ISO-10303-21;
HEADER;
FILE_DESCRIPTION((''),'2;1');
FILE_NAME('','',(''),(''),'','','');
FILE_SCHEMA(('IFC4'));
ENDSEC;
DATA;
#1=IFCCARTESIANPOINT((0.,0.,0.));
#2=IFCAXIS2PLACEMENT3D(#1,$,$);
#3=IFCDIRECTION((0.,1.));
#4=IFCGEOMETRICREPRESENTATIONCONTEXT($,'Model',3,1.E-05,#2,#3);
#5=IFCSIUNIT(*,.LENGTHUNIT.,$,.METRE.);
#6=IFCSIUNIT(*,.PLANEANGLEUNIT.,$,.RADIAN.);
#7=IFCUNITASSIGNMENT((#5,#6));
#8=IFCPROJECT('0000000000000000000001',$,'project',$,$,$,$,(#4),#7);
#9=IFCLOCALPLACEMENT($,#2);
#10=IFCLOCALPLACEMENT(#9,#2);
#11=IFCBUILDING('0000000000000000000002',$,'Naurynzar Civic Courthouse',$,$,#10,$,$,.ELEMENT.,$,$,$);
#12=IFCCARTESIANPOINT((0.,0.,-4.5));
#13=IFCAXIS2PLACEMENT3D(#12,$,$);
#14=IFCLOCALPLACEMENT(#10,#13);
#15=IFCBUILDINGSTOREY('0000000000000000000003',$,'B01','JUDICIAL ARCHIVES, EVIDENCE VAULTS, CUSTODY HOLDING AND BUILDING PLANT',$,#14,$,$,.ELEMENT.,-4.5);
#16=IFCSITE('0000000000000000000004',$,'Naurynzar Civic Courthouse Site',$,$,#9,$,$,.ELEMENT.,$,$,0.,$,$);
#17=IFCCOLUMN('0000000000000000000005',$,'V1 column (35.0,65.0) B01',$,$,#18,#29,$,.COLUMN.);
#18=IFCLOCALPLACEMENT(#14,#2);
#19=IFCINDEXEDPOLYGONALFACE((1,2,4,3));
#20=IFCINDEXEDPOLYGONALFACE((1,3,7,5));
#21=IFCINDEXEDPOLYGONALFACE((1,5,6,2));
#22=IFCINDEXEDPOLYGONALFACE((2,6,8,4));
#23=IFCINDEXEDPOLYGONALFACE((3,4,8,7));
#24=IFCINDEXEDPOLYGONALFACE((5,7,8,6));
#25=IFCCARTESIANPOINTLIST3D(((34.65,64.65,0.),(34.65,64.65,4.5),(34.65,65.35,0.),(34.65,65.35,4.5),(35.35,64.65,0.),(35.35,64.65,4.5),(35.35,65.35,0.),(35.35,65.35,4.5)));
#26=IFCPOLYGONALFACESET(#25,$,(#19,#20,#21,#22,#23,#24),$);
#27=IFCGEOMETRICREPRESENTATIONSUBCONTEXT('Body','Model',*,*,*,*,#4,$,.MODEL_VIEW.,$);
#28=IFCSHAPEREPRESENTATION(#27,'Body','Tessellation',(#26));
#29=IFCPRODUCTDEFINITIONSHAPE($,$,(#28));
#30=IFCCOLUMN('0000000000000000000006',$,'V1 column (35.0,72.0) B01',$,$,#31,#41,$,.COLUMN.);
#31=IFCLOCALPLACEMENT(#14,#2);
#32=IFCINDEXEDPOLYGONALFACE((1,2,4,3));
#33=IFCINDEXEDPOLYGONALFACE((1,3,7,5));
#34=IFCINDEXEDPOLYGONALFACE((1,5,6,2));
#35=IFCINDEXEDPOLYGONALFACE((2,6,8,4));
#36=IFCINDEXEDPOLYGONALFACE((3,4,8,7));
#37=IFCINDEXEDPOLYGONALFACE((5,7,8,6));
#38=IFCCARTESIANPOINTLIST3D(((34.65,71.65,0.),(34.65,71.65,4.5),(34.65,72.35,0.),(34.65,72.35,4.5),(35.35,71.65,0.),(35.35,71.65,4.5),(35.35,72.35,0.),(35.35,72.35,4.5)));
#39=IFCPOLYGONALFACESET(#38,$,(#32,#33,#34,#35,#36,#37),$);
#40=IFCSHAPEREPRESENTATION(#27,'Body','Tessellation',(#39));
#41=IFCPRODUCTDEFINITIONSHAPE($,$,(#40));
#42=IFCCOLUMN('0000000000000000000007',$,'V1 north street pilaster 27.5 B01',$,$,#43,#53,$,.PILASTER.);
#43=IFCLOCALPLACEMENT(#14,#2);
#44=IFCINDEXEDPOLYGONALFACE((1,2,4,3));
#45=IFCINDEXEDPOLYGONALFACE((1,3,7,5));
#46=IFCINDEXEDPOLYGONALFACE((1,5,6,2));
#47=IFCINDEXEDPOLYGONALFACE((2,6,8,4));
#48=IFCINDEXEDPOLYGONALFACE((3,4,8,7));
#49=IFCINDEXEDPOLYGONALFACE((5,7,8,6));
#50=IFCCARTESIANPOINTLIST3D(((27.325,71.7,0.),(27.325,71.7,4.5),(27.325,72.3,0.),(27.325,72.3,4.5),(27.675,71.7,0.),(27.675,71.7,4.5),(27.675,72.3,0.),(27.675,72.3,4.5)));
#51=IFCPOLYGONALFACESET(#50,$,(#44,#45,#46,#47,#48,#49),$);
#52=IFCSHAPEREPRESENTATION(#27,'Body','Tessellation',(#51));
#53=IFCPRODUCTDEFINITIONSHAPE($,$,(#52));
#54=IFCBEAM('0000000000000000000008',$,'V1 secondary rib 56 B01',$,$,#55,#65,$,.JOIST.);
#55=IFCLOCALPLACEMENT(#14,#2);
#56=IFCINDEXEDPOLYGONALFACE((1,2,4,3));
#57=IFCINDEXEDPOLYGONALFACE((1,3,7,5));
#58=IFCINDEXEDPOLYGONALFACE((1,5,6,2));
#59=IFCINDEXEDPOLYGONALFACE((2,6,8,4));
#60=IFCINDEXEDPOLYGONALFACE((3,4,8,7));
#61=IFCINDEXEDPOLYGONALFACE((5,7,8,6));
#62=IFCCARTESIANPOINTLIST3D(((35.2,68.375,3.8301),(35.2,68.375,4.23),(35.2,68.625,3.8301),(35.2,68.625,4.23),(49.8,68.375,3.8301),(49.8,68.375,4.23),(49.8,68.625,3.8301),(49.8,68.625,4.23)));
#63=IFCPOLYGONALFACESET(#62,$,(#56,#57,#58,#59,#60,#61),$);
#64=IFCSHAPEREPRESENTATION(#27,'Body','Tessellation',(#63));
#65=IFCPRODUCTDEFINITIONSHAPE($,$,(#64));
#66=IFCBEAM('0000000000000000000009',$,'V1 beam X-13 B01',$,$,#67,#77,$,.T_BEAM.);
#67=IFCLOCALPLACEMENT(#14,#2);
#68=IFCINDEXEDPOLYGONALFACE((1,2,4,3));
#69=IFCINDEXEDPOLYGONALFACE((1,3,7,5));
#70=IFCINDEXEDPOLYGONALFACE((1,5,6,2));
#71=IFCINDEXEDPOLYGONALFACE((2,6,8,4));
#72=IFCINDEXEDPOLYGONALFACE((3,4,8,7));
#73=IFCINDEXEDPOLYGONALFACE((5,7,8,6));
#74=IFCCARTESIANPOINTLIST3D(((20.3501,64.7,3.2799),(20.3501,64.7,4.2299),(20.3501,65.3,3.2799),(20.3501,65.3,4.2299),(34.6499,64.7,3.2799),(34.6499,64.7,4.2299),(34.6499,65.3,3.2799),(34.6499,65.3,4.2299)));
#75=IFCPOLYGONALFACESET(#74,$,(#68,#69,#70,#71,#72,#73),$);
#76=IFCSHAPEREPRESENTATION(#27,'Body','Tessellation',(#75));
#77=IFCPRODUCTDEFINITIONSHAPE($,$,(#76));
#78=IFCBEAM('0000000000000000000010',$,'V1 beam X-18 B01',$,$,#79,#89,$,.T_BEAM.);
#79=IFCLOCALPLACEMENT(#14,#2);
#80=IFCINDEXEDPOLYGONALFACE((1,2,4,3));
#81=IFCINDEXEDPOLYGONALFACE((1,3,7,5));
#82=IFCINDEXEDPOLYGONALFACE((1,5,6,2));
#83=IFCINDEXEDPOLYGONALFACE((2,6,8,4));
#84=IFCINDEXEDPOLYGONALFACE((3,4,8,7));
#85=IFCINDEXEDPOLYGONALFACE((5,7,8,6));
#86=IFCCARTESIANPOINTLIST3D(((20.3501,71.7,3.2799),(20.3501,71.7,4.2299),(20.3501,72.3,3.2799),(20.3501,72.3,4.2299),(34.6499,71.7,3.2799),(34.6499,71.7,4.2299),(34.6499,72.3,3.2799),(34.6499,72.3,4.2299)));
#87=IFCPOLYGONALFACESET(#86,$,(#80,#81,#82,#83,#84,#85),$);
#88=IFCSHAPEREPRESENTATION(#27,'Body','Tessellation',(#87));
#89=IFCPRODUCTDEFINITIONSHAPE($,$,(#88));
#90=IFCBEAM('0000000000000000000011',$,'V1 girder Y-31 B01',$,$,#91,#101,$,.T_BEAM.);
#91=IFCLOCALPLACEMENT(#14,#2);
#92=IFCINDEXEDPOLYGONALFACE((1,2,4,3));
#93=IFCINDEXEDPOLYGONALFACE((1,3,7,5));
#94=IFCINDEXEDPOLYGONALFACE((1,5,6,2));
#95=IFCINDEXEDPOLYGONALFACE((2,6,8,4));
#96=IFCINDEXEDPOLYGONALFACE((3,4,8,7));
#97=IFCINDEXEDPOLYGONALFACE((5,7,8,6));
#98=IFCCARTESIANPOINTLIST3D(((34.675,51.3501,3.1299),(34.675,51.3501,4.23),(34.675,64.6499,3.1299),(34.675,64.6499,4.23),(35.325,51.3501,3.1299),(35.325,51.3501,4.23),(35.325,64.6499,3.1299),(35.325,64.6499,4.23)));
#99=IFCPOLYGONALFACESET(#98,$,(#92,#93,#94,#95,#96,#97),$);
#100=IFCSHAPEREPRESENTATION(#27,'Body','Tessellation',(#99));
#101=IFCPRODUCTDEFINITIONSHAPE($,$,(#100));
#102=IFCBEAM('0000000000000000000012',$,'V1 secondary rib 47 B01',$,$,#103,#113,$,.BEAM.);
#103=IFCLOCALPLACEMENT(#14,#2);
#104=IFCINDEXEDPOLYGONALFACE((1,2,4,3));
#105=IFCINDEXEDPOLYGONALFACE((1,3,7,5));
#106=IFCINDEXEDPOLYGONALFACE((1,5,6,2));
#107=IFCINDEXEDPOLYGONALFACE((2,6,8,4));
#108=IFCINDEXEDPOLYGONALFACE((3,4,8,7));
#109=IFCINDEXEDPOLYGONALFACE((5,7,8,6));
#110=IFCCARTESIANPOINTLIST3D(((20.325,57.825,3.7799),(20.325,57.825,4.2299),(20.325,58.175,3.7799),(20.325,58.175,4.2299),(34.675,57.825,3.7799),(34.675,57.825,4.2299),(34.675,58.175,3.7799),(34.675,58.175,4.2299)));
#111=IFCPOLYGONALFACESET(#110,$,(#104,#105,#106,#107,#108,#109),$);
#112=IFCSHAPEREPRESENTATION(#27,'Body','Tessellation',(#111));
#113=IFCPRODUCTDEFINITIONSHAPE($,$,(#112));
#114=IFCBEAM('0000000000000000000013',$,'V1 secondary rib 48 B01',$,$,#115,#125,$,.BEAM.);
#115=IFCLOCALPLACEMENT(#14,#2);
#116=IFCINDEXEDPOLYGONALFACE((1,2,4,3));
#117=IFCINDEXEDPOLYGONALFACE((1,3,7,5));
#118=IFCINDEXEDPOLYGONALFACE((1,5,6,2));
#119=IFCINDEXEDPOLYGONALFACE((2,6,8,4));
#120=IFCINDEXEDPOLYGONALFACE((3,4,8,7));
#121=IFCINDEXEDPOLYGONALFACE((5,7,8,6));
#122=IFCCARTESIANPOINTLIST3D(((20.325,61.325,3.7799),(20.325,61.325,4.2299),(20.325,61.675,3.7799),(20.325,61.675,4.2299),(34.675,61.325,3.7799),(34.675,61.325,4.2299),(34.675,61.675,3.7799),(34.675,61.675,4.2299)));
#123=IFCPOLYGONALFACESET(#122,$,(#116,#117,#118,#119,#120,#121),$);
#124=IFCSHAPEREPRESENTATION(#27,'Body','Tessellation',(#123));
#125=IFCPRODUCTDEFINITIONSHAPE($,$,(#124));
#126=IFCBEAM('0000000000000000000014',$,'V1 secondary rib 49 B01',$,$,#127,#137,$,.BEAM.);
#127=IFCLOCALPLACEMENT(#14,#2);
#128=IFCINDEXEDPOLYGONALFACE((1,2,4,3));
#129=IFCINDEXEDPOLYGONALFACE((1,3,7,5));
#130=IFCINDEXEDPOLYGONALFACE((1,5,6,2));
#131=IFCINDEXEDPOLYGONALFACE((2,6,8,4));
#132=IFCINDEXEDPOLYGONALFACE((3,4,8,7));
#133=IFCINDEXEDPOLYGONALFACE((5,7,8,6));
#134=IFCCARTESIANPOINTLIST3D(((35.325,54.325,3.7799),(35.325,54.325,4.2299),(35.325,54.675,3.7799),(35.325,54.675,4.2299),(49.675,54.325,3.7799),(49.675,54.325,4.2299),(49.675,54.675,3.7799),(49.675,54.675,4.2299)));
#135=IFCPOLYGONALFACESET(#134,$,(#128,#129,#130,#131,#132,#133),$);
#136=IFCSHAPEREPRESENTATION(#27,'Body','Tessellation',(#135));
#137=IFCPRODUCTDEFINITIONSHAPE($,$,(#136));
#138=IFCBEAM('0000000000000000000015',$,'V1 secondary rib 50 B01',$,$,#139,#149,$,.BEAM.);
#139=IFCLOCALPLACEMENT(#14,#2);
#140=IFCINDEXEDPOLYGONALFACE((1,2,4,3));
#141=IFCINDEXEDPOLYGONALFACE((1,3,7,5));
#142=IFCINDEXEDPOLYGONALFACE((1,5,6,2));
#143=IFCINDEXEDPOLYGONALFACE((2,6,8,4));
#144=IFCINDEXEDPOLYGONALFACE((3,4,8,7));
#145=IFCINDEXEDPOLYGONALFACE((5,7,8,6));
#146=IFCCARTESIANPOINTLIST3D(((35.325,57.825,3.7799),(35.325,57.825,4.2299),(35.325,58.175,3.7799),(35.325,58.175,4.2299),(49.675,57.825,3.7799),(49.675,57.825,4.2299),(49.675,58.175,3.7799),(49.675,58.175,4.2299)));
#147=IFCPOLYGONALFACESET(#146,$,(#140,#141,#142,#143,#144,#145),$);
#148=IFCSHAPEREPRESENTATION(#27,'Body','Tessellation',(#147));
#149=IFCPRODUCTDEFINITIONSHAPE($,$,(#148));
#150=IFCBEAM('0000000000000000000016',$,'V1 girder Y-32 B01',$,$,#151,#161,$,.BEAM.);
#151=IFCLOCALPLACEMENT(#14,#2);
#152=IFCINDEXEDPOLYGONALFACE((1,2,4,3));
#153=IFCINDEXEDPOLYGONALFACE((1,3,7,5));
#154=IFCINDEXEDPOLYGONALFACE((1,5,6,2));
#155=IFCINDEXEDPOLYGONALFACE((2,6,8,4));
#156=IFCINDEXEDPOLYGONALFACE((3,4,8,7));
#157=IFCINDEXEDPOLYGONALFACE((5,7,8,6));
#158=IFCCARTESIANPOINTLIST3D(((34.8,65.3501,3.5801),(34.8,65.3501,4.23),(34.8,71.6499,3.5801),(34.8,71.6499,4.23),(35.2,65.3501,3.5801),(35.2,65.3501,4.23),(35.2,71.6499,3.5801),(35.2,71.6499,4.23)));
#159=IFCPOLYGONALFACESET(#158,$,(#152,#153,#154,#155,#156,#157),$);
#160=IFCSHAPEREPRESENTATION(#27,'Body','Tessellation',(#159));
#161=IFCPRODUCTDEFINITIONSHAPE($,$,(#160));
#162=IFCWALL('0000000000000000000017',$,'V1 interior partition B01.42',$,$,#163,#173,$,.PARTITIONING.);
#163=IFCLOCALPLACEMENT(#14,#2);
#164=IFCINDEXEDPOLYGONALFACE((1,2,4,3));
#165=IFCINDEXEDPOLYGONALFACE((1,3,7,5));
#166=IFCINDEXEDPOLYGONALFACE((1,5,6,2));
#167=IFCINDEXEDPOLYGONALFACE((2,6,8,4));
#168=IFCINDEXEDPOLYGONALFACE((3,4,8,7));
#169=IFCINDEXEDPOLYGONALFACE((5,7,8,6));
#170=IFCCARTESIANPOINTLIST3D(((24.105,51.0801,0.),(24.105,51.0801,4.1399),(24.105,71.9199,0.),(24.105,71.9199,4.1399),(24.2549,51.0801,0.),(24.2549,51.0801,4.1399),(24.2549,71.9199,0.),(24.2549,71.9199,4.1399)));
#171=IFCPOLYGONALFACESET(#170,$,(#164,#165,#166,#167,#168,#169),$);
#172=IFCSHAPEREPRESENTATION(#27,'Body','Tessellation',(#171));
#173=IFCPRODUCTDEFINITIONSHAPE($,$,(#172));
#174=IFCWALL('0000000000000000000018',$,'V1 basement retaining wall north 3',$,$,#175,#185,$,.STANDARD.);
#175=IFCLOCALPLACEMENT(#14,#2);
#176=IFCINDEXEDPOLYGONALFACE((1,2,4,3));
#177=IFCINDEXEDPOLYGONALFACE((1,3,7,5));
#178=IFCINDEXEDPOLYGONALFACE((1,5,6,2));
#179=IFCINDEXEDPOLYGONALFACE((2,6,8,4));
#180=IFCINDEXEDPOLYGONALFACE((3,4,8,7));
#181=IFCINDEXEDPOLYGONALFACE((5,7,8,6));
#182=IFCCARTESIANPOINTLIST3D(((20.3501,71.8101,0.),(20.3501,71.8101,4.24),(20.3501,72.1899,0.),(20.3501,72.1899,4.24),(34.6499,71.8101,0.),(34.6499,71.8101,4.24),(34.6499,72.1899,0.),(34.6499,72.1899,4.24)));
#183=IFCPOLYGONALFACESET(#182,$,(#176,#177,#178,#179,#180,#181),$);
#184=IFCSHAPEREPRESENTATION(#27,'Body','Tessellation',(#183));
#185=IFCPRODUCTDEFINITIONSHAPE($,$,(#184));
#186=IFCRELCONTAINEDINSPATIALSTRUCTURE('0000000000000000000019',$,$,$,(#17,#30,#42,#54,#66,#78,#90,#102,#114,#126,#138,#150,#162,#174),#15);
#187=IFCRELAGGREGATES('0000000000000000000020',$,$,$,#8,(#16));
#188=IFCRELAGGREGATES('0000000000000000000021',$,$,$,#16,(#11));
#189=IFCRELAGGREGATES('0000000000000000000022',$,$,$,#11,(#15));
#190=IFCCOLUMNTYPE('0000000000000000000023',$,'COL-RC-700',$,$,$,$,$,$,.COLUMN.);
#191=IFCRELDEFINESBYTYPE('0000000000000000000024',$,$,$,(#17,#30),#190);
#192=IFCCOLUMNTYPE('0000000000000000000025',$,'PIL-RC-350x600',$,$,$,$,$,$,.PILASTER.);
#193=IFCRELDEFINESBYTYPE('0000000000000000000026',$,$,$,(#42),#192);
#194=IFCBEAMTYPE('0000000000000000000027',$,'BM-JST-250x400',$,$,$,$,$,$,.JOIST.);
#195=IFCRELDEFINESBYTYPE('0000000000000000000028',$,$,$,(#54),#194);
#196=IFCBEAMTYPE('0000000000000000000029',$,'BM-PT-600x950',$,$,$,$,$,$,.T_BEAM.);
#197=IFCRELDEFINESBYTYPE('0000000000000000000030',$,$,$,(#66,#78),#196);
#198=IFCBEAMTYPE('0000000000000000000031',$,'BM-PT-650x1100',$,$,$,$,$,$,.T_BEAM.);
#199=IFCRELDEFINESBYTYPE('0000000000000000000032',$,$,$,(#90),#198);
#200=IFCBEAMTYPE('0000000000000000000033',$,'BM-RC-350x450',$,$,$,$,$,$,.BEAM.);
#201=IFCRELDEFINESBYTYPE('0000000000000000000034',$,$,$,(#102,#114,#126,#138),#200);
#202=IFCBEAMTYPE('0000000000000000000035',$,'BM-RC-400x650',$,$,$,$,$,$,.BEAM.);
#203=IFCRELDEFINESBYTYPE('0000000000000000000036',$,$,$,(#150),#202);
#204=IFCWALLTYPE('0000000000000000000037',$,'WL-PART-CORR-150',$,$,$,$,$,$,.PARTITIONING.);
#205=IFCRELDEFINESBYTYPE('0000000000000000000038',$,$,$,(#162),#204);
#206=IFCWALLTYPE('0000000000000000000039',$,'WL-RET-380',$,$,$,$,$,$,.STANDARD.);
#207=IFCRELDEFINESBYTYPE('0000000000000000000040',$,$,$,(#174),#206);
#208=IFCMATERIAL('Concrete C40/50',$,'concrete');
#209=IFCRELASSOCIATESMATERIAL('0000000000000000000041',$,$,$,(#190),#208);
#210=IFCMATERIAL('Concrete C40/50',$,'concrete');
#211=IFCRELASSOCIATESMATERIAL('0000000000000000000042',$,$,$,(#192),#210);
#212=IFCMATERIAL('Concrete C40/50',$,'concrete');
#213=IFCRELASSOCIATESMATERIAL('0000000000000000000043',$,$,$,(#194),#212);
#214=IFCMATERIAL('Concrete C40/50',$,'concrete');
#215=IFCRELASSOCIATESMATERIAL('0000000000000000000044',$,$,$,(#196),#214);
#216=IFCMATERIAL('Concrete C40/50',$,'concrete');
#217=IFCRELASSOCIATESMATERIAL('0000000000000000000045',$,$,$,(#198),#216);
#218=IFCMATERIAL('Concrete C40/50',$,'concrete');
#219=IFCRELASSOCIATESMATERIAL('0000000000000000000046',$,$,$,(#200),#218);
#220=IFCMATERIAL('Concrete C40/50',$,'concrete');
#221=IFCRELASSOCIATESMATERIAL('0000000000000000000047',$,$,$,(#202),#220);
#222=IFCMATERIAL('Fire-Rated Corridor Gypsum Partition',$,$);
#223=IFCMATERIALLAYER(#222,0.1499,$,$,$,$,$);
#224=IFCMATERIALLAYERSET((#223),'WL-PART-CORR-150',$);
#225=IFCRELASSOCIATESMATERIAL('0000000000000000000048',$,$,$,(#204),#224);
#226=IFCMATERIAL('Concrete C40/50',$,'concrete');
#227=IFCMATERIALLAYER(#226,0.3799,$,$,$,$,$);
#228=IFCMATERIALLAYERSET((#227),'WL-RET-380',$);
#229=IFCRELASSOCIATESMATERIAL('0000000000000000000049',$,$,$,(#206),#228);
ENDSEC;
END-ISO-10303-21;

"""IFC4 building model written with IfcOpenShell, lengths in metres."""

from ifc_helpers import new_model, si_unit, direction, frame, frame_2d, origin, origin_2d, place, context, subcontext, project, spatial, rectangle, extrude, material, layer, layer_set, material_profile, profile_set, type_object, element, save


model = new_model("IFC4")

# Units and contexts
model_context = context("Model", 3, precision=1e-05, world=origin(), true_north=direction((0.0, 1.0)))
body_context = subcontext(model_context, "Body", "Model", "MODEL_VIEW")
ifc_project = project(units=[si_unit("LENGTHUNIT", "METRE"), si_unit("PLANEANGLEUNIT", "RADIAN")], contexts=[model_context])

# Site, building, storey
site_placement = place(None, origin())
site = spatial("IfcSite", under=ifc_project, at=site_placement, Name="Naurynzar Civic Courthouse Site", CompositionType="ELEMENT", RefElevation=0.0)
building_placement = place(site_placement, origin())
building = spatial("IfcBuilding", under=site, at=building_placement, Name="Naurynzar Civic Courthouse", CompositionType="ELEMENT")
storey_placement = place(building_placement, frame((0.0, 0.0, -4.5)))
storey = spatial("IfcBuildingStorey", under=building, at=storey_placement, Name="B01", Description="JUDICIAL ARCHIVES, EVIDENCE VAULTS, CUSTODY HOLDING AND BUILDING PLANT", CompositionType="ELEMENT", Elevation=-4.5)

# Columns
ifc_material_1 = material(Name="Concrete C40/50", Category="concrete")
ifc_material_profile_1 = material_profile(ifc_material_1, rectangle(XDim=0.7, YDim=0.7, at=origin_2d()), Name="RC 700x700")
ifc_profile_set_1 = profile_set([ifc_material_profile_1], Name="Concrete C40/50")
column_type_1 = type_object("IfcColumnType", Name="COL-RC-700", PredefinedType="COLUMN", material=ifc_profile_set_1)
for number, where, z_axis, x_axis, name in (
    (1, (35.0, 65.0, 0.0), (0.0, 0.0, 1.0), (1.0, 0.0, 0.0), "V1 column (35.0,65.0) B01"),
    (2, (35.0, 72.0, 0.0), (0.0, 0.0, 1.0), (1.0, 0.0, 0.0), "V1 column (35.0,72.0) B01"),
):
    element("IfcColumn", number, at=place(storey_placement, frame(where, z_axis=z_axis, x_axis=x_axis)), inside=storey, type_object=column_type_1, Name=name, PredefinedType="COLUMN", context=body_context, shape_type="SweptSolid", body=[
        extrude(rectangle(XDim=0.7, YDim=0.7, at=origin_2d()), origin(), (0.0, 0.0, 1.0), 4.5),
    ])
ifc_material_2 = material(Name="Concrete C40/50", Category="concrete")
ifc_material_profile_2 = material_profile(ifc_material_2, rectangle(XDim=0.3501, YDim=0.6001, at=origin_2d()), Name="RC 350x600")
ifc_profile_set_2 = profile_set([ifc_material_profile_2], Name="Concrete C40/50")
column_type_2 = type_object("IfcColumnType", Name="PIL-RC-350x600", PredefinedType="PILASTER", material=ifc_profile_set_2)
column_placement = place(storey_placement, frame((27.5, 72.0, 0.0), z_axis=(0.0, 0.0, 1.0), x_axis=(1.0, 0.0, 0.0)))
element("IfcColumn", 3, at=column_placement, inside=storey, type_object=column_type_2, Name="V1 north street pilaster 27.5 B01", PredefinedType="PILASTER", context=body_context, shape_type="SweptSolid", body=[
    extrude(rectangle(XDim=0.3501, YDim=0.6001, at=origin_2d()), origin(), (0.0, 0.0, 1.0), 4.5),
])

# Beams
ifc_material_3 = material(Name="Concrete C40/50", Category="concrete")
ifc_material_profile_3 = material_profile(ifc_material_3, rectangle(XDim=0.25, YDim=0.3999, at=origin_2d()), Name="RCB 250x400")
ifc_profile_set_3 = profile_set([ifc_material_profile_3], Name="Concrete C40/50")
beam_type_1 = type_object("IfcBeamType", Name="BM-JST-250x400", PredefinedType="JOIST", material=ifc_profile_set_3)
beam_1_placement = place(storey_placement, frame((35.2, 68.5, 4.03), z_axis=(1.0, 0.0, 0.0), x_axis=(0.0, 1.0, 0.0)))
element("IfcBeam", 4, at=beam_1_placement, inside=storey, type_object=beam_type_1, Name="V1 secondary rib 56 B01", PredefinedType="JOIST", context=body_context, shape_type="SweptSolid", body=[
    extrude(rectangle(XDim=0.25, YDim=0.3999, at=origin_2d()), origin(), (0.0, 0.0, 1.0), 14.6001),
])
ifc_material_4 = material(Name="Concrete C40/50", Category="concrete")
ifc_material_profile_4 = material_profile(ifc_material_4, rectangle(XDim=0.6001, YDim=0.95, at=origin_2d()), Name="PTB 600x950")
ifc_profile_set_4 = profile_set([ifc_material_profile_4], Name="Concrete C40/50")
beam_type_2 = type_object("IfcBeamType", Name="BM-PT-600x950", PredefinedType="T_BEAM", material=ifc_profile_set_4)
for number, where, z_axis, x_axis, name in (
    (5, (20.3501, 65.0, 3.7549), (1.0, 0.0, 0.0), (0.0, 1.0, 0.0), "V1 beam X-13 B01"),
    (6, (20.3501, 72.0, 3.7549), (1.0, 0.0, 0.0), (0.0, 1.0, 0.0), "V1 beam X-18 B01"),
):
    element("IfcBeam", number, at=place(storey_placement, frame(where, z_axis=z_axis, x_axis=x_axis)), inside=storey, type_object=beam_type_2, Name=name, PredefinedType="T_BEAM", context=body_context, shape_type="SweptSolid", body=[
        extrude(rectangle(XDim=0.6001, YDim=0.95, at=origin_2d()), origin(), (0.0, 0.0, 1.0), 14.2998),
    ])
ifc_material_5 = material(Name="Concrete C40/50", Category="concrete")
ifc_material_profile_5 = material_profile(ifc_material_5, rectangle(XDim=0.6499, YDim=1.1001, at=origin_2d()), Name="PTB 650x1100")
ifc_profile_set_5 = profile_set([ifc_material_profile_5], Name="Concrete C40/50")
beam_type_3 = type_object("IfcBeamType", Name="BM-PT-650x1100", PredefinedType="T_BEAM", material=ifc_profile_set_5)
beam_2_placement = place(storey_placement, frame((35.0, 51.3501, 3.6799), z_axis=(0.0, 1.0, 0.0), x_axis=(-1.0, 0.0, 0.0)))
element("IfcBeam", 7, at=beam_2_placement, inside=storey, type_object=beam_type_3, Name="V1 girder Y-31 B01", PredefinedType="T_BEAM", context=body_context, shape_type="SweptSolid", body=[
    extrude(rectangle(XDim=0.6499, YDim=1.1001, at=origin_2d()), origin(), (0.0, 0.0, 1.0), 13.2998),
])
ifc_material_6 = material(Name="Concrete C40/50", Category="concrete")
ifc_material_profile_6 = material_profile(ifc_material_6, rectangle(XDim=0.3501, YDim=0.45, at=origin_2d()), Name="RCB 350x450")
ifc_profile_set_6 = profile_set([ifc_material_profile_6], Name="Concrete C40/50")
beam_type_4 = type_object("IfcBeamType", Name="BM-RC-350x450", PredefinedType="BEAM", material=ifc_profile_set_6)
for number, where, z_axis, x_axis, name in (
    (8, (20.325, 58.0, 4.0049), (1.0, 0.0, 0.0), (0.0, 1.0, 0.0), "V1 secondary rib 47 B01"),
    (9, (20.325, 61.5, 4.0049), (1.0, 0.0, 0.0), (0.0, 1.0, 0.0), "V1 secondary rib 48 B01"),
    (10, (35.325, 54.5, 4.0049), (1.0, 0.0, 0.0), (0.0, 1.0, 0.0), "V1 secondary rib 49 B01"),
    (11, (35.325, 58.0, 4.0049), (1.0, 0.0, 0.0), (0.0, 1.0, 0.0), "V1 secondary rib 50 B01"),
):
    element("IfcBeam", number, at=place(storey_placement, frame(where, z_axis=z_axis, x_axis=x_axis)), inside=storey, type_object=beam_type_4, Name=name, PredefinedType="BEAM", context=body_context, shape_type="SweptSolid", body=[
        extrude(rectangle(XDim=0.3501, YDim=0.45, at=origin_2d()), origin(), (0.0, 0.0, 1.0), 14.3501),
    ])
ifc_material_7 = material(Name="Concrete C40/50", Category="concrete")
ifc_material_profile_7 = material_profile(ifc_material_7, rectangle(XDim=0.3999, YDim=0.6499, at=origin_2d()), Name="RCB 400x650")
ifc_profile_set_7 = profile_set([ifc_material_profile_7], Name="Concrete C40/50")
beam_type_5 = type_object("IfcBeamType", Name="BM-RC-400x650", PredefinedType="BEAM", material=ifc_profile_set_7)
beam_3_placement = place(storey_placement, frame((35.0, 65.3501, 3.905), z_axis=(0.0, 1.0, 0.0), x_axis=(-1.0, 0.0, 0.0)))
element("IfcBeam", 12, at=beam_3_placement, inside=storey, type_object=beam_type_5, Name="V1 girder Y-32 B01", PredefinedType="BEAM", context=body_context, shape_type="SweptSolid", body=[
    extrude(rectangle(XDim=0.3999, YDim=0.6499, at=origin_2d()), origin(), (0.0, 0.0, 1.0), 6.2998),
])

# Walls
ifc_material_8 = material(Name="Fire-Rated Corridor Gypsum Partition")
ifc_layer_1 = layer(ifc_material_8, 0.1499)
ifc_layer_set_1 = layer_set([ifc_layer_1], Name="WL-PART-CORR-150")
wall_type_1 = type_object("IfcWallType", Name="WL-PART-CORR-150", PredefinedType="PARTITIONING", material=ifc_layer_set_1)
wall_1_placement = place(storey_placement, frame((24.1799, 51.0801, 0.0), z_axis=(0.0, 0.0, 1.0), x_axis=(0.0, 1.0, 0.0)))
element("IfcWall", 13, at=wall_1_placement, inside=storey, type_object=wall_type_1, Name="V1 interior partition B01.42", PredefinedType="PARTITIONING", context=body_context, shape_type="SweptSolid", body=[
    extrude(rectangle(XDim=20.8398, YDim=0.1499, at=frame_2d((10.4199, 0.0))), origin(), (0.0, 0.0, 1.0), 4.1399),
])
ifc_material_9 = material(Name="Concrete C40/50", Category="concrete")
ifc_layer_2 = layer(ifc_material_9, 0.3799)
ifc_layer_set_2 = layer_set([ifc_layer_2], Name="WL-RET-380")
wall_type_2 = type_object("IfcWallType", Name="WL-RET-380", PredefinedType="STANDARD", material=ifc_layer_set_2)
wall_2_placement = place(storey_placement, frame((20.3501, 72.0, 0.0), z_axis=(0.0, 0.0, 1.0), x_axis=(1.0, 0.0, 0.0)))
element("IfcWall", 14, at=wall_2_placement, inside=storey, type_object=wall_type_2, Name="V1 basement retaining wall north 3", PredefinedType="STANDARD", context=body_context, shape_type="SweptSolid", body=[
    extrude(rectangle(XDim=14.2998, YDim=0.3799, at=frame_2d((7.1499, 0.0))), origin(), (0.0, 0.0, 1.0), 4.24),
])

save(model, "model.ifc")
